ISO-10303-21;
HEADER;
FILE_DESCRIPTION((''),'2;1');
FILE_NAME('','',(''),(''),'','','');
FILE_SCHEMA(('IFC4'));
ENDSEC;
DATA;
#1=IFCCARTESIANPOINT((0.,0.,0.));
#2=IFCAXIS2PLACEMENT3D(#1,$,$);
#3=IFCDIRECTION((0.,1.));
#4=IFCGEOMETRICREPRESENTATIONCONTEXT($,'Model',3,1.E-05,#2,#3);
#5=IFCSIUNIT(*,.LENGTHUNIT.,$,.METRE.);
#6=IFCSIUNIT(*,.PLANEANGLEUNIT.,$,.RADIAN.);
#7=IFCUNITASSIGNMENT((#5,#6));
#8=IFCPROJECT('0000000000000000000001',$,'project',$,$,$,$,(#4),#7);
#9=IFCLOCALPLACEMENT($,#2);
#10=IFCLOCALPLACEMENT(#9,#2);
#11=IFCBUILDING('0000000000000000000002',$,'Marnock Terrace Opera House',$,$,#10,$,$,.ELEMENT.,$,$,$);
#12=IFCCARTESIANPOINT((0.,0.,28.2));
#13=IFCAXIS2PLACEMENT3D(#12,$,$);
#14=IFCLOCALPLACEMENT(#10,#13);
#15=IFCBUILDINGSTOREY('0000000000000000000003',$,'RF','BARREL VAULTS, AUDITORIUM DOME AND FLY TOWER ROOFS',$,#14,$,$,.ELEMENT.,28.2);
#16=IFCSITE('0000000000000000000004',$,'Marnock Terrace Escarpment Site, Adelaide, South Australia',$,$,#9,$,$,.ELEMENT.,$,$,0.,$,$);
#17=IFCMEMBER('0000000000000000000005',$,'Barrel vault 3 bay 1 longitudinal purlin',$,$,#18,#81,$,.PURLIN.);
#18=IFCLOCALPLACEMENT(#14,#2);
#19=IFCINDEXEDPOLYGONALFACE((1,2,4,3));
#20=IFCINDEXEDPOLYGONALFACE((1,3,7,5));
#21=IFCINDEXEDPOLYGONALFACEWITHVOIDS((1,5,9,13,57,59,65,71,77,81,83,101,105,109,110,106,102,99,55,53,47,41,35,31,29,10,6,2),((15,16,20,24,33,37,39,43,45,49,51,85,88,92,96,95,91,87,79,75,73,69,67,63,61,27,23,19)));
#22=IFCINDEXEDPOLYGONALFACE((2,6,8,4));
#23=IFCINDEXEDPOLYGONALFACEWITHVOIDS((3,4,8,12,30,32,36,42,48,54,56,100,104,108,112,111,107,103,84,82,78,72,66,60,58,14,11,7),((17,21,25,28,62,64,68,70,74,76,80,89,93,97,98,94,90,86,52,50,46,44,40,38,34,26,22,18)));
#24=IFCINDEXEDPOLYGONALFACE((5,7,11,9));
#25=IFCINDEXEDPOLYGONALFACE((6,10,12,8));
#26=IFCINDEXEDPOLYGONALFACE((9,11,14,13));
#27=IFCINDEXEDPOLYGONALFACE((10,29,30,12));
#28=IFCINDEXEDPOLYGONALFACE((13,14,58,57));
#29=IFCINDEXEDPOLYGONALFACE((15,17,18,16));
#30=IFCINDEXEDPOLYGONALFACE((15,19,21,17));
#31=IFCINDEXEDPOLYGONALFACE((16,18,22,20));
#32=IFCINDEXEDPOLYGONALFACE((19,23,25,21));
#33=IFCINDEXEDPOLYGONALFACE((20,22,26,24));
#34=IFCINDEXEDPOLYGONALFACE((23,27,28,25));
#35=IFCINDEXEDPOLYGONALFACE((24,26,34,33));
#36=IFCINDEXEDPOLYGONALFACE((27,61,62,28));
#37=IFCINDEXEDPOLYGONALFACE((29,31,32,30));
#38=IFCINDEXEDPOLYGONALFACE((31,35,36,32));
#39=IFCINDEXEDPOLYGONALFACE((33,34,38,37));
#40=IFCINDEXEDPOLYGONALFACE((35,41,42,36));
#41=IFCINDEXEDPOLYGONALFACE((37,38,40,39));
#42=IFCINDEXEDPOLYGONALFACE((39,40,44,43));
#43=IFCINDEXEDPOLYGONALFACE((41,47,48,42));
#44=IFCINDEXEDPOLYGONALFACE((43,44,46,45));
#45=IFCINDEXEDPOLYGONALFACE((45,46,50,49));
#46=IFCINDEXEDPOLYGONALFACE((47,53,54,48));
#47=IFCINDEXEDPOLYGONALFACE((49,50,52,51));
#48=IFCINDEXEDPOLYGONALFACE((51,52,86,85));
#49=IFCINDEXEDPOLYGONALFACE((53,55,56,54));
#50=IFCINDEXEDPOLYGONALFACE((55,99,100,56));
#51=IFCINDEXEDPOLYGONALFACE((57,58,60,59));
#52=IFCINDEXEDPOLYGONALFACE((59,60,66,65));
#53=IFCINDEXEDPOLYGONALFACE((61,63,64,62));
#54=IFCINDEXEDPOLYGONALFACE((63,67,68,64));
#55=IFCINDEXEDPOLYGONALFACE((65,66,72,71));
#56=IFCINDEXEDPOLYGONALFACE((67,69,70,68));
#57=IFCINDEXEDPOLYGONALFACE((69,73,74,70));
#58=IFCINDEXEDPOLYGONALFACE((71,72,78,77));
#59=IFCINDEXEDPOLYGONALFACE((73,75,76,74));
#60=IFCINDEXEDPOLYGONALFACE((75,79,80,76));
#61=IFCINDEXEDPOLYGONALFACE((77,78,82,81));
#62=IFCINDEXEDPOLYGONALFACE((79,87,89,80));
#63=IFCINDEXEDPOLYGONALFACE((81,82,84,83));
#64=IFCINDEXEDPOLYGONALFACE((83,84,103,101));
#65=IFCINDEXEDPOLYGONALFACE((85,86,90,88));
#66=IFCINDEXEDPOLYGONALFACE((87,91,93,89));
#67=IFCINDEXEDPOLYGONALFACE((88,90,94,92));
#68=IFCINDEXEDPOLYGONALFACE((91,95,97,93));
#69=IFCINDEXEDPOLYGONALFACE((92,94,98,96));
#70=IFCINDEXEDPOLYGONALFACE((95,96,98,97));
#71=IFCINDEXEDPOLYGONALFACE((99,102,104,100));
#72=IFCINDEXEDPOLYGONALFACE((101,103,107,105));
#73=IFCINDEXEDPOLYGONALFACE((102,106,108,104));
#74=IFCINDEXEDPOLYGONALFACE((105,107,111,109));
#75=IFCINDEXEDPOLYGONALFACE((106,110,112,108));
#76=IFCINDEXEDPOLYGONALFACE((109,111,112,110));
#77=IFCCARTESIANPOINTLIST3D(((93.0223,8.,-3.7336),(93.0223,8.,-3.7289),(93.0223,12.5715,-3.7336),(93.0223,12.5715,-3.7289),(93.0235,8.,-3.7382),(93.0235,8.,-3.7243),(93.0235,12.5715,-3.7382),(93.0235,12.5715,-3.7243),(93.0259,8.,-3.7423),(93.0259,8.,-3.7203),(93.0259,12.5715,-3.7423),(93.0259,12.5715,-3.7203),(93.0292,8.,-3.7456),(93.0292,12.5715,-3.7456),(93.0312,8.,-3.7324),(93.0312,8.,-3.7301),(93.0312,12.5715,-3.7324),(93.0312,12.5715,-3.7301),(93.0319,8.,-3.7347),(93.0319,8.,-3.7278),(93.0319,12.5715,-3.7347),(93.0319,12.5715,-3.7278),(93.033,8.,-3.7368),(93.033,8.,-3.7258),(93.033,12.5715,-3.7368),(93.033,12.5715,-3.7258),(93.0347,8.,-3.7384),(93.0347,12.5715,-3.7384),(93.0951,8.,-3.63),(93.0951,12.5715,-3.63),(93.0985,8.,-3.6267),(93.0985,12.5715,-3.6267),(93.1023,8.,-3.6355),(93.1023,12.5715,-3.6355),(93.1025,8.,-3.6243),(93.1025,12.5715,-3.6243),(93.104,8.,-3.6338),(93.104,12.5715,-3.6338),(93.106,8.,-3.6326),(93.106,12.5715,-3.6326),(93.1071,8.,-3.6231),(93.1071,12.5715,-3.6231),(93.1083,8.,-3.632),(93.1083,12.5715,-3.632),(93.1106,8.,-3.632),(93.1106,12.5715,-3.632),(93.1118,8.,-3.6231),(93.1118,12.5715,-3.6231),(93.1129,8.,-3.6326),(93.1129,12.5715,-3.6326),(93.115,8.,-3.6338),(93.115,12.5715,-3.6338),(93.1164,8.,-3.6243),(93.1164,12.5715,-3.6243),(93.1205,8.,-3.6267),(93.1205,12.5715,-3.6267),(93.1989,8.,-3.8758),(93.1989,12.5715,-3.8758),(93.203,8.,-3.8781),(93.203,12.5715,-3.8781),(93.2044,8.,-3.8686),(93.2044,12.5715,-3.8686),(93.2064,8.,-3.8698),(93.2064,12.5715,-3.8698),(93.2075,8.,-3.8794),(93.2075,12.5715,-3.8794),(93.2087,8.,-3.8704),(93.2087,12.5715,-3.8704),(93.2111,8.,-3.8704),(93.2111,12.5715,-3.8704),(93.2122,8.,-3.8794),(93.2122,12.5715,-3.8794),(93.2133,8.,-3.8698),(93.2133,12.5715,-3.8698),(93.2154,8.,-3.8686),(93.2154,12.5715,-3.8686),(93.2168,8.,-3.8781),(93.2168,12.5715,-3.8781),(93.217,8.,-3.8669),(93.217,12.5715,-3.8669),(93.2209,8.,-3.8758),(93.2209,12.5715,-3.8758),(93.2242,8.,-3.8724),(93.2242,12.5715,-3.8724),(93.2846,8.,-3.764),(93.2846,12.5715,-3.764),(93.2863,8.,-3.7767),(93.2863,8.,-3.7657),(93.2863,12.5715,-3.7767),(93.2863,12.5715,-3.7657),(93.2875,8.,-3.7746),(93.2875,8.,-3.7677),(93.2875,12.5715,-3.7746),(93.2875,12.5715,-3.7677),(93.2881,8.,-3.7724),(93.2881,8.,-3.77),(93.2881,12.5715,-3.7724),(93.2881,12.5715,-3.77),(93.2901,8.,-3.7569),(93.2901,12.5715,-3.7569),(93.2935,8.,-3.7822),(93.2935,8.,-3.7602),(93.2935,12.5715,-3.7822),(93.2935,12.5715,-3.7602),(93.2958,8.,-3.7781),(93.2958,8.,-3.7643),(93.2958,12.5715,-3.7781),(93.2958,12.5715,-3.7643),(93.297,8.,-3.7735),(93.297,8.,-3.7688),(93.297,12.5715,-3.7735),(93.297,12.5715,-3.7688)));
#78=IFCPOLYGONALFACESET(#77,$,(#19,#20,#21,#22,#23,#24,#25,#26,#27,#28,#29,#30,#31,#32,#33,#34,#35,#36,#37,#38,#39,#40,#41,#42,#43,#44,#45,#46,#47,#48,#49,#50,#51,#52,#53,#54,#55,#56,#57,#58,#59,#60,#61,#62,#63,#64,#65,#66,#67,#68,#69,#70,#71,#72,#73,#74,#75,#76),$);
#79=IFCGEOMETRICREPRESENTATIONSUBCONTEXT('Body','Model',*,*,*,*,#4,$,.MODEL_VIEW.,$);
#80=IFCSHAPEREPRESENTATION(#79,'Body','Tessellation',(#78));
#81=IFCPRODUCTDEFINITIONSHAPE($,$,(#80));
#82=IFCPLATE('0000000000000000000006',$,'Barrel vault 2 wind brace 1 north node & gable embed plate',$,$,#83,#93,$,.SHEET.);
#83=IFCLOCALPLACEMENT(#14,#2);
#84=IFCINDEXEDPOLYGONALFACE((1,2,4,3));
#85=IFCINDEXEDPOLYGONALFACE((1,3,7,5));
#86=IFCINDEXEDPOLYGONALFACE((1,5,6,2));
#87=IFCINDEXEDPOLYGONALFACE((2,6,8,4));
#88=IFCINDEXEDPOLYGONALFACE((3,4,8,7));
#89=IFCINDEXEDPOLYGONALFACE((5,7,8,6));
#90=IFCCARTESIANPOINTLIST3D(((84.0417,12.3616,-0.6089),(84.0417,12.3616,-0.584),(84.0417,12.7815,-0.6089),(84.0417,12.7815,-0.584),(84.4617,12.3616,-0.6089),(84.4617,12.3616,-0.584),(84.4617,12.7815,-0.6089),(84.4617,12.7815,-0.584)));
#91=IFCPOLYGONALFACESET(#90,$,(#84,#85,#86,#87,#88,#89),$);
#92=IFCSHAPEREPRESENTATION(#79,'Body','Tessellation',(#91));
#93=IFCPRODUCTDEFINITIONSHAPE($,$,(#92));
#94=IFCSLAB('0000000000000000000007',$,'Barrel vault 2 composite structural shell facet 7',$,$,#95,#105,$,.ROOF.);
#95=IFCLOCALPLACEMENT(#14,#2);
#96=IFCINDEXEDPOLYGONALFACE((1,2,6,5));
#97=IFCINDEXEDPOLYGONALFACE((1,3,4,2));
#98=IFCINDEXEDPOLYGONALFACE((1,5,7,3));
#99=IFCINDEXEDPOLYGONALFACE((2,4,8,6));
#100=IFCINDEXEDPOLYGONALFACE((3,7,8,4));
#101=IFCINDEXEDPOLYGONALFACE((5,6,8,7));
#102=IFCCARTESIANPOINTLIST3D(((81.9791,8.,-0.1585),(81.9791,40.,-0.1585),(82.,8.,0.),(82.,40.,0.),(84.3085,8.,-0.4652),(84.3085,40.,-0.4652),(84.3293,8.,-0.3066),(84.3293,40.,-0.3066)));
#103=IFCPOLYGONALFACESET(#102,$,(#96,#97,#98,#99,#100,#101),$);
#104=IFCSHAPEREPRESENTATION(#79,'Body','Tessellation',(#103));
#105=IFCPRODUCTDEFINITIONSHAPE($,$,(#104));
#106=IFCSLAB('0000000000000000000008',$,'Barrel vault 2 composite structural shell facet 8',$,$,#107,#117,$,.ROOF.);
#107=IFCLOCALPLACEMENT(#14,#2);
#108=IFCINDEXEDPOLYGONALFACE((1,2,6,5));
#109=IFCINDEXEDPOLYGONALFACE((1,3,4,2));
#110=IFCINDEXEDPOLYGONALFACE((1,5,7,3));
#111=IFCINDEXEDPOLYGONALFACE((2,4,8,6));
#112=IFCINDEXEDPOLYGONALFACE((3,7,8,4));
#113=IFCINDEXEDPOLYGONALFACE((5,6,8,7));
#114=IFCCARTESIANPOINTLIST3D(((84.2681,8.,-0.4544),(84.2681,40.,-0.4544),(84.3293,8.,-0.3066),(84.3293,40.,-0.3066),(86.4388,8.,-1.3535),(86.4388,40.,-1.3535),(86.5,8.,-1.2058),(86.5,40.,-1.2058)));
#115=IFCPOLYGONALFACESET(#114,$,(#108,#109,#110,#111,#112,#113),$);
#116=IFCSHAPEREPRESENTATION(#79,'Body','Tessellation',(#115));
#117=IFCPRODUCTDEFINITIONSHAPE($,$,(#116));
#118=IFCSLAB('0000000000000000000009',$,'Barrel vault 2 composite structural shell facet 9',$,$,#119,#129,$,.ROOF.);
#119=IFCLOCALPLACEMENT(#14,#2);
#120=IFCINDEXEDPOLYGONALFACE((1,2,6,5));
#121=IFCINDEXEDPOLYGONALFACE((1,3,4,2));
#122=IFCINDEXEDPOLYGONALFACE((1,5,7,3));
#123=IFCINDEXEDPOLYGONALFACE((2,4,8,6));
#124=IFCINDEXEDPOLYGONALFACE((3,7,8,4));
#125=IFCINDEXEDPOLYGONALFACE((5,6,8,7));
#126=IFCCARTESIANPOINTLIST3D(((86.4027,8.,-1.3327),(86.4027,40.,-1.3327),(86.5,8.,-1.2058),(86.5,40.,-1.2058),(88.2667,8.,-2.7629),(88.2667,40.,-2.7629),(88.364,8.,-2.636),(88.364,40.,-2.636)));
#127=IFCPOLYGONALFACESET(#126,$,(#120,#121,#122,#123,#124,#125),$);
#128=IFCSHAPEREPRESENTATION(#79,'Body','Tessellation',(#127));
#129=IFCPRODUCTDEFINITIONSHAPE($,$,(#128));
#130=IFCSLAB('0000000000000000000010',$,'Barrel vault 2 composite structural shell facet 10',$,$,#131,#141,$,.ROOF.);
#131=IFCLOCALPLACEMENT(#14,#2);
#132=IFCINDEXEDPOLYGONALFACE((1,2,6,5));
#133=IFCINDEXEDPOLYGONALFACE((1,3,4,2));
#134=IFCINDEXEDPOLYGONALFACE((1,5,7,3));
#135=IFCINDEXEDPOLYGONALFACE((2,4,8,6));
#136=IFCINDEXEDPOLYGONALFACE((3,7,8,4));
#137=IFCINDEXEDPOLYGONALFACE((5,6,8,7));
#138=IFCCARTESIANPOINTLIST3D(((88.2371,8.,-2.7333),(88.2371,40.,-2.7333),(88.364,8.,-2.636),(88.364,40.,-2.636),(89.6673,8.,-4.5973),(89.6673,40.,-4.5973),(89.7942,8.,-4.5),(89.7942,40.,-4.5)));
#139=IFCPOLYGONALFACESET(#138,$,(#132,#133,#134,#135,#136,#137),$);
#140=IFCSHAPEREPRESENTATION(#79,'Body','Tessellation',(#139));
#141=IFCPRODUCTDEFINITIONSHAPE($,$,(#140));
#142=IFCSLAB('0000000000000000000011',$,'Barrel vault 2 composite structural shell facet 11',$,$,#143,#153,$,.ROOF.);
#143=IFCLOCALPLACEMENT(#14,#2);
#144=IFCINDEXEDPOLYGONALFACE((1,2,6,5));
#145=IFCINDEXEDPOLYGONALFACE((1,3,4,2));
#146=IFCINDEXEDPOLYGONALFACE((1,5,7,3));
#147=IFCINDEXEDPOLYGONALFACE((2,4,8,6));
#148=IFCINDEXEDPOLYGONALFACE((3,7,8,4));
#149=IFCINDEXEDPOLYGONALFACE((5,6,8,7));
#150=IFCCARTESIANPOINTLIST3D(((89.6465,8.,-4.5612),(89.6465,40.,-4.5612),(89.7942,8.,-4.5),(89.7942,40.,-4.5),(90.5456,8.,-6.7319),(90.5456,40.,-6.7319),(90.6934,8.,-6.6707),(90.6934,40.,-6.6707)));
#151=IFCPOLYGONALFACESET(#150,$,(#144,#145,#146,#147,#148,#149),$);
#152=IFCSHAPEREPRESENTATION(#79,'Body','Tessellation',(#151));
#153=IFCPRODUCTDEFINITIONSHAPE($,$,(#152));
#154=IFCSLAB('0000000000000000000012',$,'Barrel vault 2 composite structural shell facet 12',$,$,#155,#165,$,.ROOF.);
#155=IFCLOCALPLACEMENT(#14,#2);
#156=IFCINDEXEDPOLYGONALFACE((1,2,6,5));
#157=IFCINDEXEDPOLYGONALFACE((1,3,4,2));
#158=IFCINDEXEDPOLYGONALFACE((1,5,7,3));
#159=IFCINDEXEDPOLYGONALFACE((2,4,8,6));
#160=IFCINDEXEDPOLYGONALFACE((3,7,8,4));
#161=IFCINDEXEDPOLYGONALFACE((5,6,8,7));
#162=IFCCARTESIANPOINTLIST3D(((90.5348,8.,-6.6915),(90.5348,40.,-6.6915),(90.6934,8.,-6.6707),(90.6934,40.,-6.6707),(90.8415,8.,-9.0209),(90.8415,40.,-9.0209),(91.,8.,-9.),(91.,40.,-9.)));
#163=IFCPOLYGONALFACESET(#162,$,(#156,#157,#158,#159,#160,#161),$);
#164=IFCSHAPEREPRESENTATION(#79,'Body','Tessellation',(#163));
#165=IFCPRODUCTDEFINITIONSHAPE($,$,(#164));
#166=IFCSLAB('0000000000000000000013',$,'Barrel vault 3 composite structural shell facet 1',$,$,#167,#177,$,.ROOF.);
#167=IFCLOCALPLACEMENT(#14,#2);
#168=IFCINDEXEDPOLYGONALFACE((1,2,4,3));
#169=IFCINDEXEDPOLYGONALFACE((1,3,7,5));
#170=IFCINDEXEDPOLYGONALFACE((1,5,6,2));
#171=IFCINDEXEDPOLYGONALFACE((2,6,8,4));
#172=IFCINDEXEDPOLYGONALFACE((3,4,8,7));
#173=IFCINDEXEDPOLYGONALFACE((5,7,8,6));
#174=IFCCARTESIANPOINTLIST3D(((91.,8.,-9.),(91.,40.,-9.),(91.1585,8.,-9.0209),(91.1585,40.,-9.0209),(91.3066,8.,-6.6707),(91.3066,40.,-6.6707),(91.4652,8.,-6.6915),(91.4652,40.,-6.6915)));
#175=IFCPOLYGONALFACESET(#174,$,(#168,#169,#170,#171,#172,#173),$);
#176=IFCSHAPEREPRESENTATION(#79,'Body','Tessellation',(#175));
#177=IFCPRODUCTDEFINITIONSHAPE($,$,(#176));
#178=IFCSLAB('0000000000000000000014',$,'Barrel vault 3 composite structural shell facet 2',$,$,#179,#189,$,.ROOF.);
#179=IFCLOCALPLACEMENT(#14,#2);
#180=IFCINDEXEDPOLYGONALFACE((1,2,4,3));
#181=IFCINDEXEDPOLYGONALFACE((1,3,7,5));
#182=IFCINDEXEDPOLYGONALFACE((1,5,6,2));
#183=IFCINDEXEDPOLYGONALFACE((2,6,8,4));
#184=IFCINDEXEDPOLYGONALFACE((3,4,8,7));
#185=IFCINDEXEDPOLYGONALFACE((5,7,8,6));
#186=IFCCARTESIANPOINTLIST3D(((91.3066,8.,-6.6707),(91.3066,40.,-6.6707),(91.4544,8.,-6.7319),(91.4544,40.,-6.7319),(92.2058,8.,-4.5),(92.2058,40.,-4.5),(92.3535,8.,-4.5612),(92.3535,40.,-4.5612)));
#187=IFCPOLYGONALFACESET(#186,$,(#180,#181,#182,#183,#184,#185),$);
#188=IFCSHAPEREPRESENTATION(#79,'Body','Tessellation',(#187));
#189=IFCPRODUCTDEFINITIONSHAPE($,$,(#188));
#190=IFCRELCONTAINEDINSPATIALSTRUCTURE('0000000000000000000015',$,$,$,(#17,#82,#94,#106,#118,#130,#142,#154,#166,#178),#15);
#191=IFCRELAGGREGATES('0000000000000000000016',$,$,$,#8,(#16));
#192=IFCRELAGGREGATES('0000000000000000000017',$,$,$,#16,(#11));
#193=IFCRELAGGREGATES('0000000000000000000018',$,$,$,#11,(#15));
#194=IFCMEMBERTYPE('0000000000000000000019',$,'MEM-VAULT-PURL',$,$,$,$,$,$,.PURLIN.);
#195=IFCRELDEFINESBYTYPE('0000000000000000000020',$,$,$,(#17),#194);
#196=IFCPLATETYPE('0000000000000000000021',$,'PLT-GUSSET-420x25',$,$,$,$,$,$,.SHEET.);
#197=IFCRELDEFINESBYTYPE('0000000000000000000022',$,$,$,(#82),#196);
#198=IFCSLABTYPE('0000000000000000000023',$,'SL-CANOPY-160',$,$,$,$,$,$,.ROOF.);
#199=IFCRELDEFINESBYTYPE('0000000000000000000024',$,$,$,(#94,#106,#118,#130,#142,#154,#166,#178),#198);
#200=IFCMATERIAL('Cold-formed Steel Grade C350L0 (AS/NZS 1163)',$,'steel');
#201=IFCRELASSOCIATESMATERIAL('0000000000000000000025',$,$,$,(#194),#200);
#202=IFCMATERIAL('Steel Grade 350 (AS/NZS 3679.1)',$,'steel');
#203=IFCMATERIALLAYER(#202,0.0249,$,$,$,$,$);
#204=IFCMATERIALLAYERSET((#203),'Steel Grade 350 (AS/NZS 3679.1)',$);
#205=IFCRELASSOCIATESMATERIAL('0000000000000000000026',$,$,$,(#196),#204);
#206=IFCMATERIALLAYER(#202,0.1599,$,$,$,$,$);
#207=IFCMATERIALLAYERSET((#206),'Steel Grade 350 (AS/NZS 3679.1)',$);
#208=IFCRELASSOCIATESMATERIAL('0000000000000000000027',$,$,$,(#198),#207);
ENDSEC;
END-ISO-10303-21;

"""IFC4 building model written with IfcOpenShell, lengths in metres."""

from ifc_helpers import new_model, si_unit, direction, frame, origin, origin_2d, place, context, subcontext, project, spatial, polyline, rectangle, hollow_rectangle, outline, extrude, material, layer, layer_set, material_profile, profile_set, type_object, element, save


model = new_model("IFC4")

# Units and contexts
model_context = context("Model", 3, precision=1e-05, world=origin(), true_north=direction((0.0, 1.0)))
body_context = subcontext(model_context, "Body", "Model", "MODEL_VIEW")
ifc_project = project(units=[si_unit("LENGTHUNIT", "METRE"), si_unit("PLANEANGLEUNIT", "RADIAN")], contexts=[model_context])

# Site, building, storey
site_placement = place(None, origin())
site = spatial("IfcSite", under=ifc_project, at=site_placement, Name="Marnock Terrace Escarpment Site, Adelaide, South Australia", CompositionType="ELEMENT", RefElevation=0.0)
building_placement = place(site_placement, origin())
building = spatial("IfcBuilding", under=site, at=building_placement, Name="Marnock Terrace Opera House", CompositionType="ELEMENT")
storey_placement = place(building_placement, frame((0.0, 0.0, 28.2)))
storey = spatial("IfcBuildingStorey", under=building, at=storey_placement, Name="RF", Description="BARREL VAULTS, AUDITORIUM DOME AND FLY TOWER ROOFS", CompositionType="ELEMENT", Elevation=28.2)

# Member
ifc_material_1 = material(Name="Cold-formed Steel Grade C350L0 (AS/NZS 1163)", Category="steel")
ifc_material_profile_1 = material_profile(ifc_material_1, hollow_rectangle(XDim=0.1499, YDim=0.25, WallThickness=0.009, InnerFilletRadius=0.009, OuterFilletRadius=0.0181, at=origin_2d()))
ifc_profile_set_1 = profile_set([ifc_material_profile_1], Name="Cold-formed Steel Grade C350L0 (AS/NZS 1163)")
member_type_1 = type_object("IfcMemberType", Name="MEM-VAULT-PURL", PredefinedType="PURLIN", material=ifc_profile_set_1)
for number, where, z_axis, x_axis, name in (
    (1, (93.1597, 8.0, -3.7512), (0.0, 1.0, 0.0), (-0.608761, 0.0, -0.793353), "Barrel vault 3 bay 1 longitudinal purlin"),
):
    element("IfcMember", number, at=place(storey_placement, frame(where, z_axis=z_axis, x_axis=x_axis)), inside=storey, type_object=member_type_1, Name=name, PredefinedType="PURLIN", context=body_context, shape_type="SweptSolid", body=[
        extrude(hollow_rectangle(XDim=0.1499, YDim=0.25, WallThickness=0.009, InnerFilletRadius=0.009, OuterFilletRadius=0.0181, at=origin_2d()), origin(), (0.0, 0.0, 1.0), 4.5715),
    ])

# Plate
ifc_material_2 = material(Name="Steel Grade 350 (AS/NZS 3679.1)", Category="steel")
ifc_layer_1 = layer(ifc_material_2, 0.0249)
ifc_layer_set_1 = layer_set([ifc_layer_1], Name="Steel Grade 350 (AS/NZS 3679.1)")
plate_type = type_object("IfcPlateType", Name="PLT-GUSSET-420x25", PredefinedType="SHEET", material=ifc_layer_set_1)
plate_placement = place(storey_placement, frame((84.2517, 12.5715, -0.6089), z_axis=(0.0, 0.0, 1.0), x_axis=(1.0, 0.0, 0.0)))
element("IfcPlate", 2, at=plate_placement, inside=storey, type_object=plate_type, Name="Barrel vault 2 wind brace 1 north node & gable embed plate", PredefinedType="SHEET", context=body_context, shape_type="SweptSolid", body=[
    extrude(rectangle(XDim=0.4199, YDim=0.4199, at=origin_2d()), origin(), (0.0, 0.0, 1.0), 0.0249),
])

# Slabs
ifc_layer_2 = layer(ifc_material_2, 0.1599)
ifc_layer_set_2 = layer_set([ifc_layer_2], Name="Steel Grade 350 (AS/NZS 3679.1)")
slab_type = type_object("IfcSlabType", Name="SL-CANOPY-160", PredefinedType="ROOF", material=ifc_layer_set_2)
slab_1_placement = place(storey_placement, frame((82.0, 8.0, 0.0), z_axis=(0.130516, 0.0, 0.991446), x_axis=(0.991446, 0.0, -0.130516)))
element("IfcSlab", 3, at=slab_1_placement, inside=storey, type_object=slab_type, Name="Barrel vault 2 composite structural shell facet 7", PredefinedType="ROOF", context=body_context, shape_type="SweptSolid", body=[
    extrude(outline(polyline([(0.0, 0.0), (2.3494, 0.0), (2.3494, 32.0), (0.0, 32.0), (0.0, 0.0)])), origin(), (0.0, 0.0, -1.0), 0.1599),
])
slab_2_placement = place(storey_placement, frame((84.3293, 8.0, -0.3066), z_axis=(0.382704, 0.0, 0.923871), x_axis=(0.923871, 0.0, -0.382704)))
element("IfcSlab", 4, at=slab_2_placement, inside=storey, type_object=slab_type, Name="Barrel vault 2 composite structural shell facet 8", PredefinedType="ROOF", context=body_context, shape_type="SweptSolid", body=[
    extrude(outline(polyline([(0.0, 0.0), (2.3495, 0.0), (2.3495, 32.0), (0.0, 32.0), (0.0, 0.0)])), origin(), (0.0, 0.0, -1.0), 0.1599),
])
for number, where, z_axis, x_axis, name in (
    (5, (86.5, 8.0, -1.2058), (0.608726, 0.0, 0.793381), (0.793381, 0.0, -0.608726), "Barrel vault 2 composite structural shell facet 9"),
    (6, (88.364, 8.0, -2.636), (0.793381, 0.0, 0.608726), (0.608726, 0.0, -0.793381), "Barrel vault 2 composite structural shell facet 10"),
):
    element("IfcSlab", number, at=place(storey_placement, frame(where, z_axis=z_axis, x_axis=x_axis)), inside=storey, type_object=slab_type, Name=name, PredefinedType="ROOF", context=body_context, shape_type="SweptSolid", body=[
        extrude(outline(polyline([(0.0, 0.0), (2.3495, 0.0), (2.3495, 32.0), (0.0, 32.0), (0.0, 0.0)])), origin(), (0.0, 0.0, -1.0), 0.1599),
    ])
slab_3_placement = place(storey_placement, frame((89.7942, 8.0, -4.5), z_axis=(0.923871, 0.0, 0.382704), x_axis=(0.382704, 0.0, -0.923871)))
element("IfcSlab", 7, at=slab_3_placement, inside=storey, type_object=slab_type, Name="Barrel vault 2 composite structural shell facet 11", PredefinedType="ROOF", context=body_context, shape_type="SweptSolid", body=[
    extrude(outline(polyline([(0.0, 0.0), (2.3495, 0.0), (2.3495, 32.0), (0.0, 32.0), (0.0, 0.0)])), origin(), (0.0, 0.0, -1.0), 0.1599),
])
for number, where, z_axis, x_axis, name in (
    (8, (90.6934, 8.0, -6.6707), (0.991446, 0.0, 0.130516), (0.130516, 0.0, -0.991446), "Barrel vault 2 composite structural shell facet 12"),
    (9, (91.0, 8.0, -9.0), (-0.991446, 0.0, 0.130516), (0.130516, 0.0, 0.991446), "Barrel vault 3 composite structural shell facet 1"),
):
    element("IfcSlab", number, at=place(storey_placement, frame(where, z_axis=z_axis, x_axis=x_axis)), inside=storey, type_object=slab_type, Name=name, PredefinedType="ROOF", context=body_context, shape_type="SweptSolid", body=[
        extrude(outline(polyline([(0.0, 0.0), (2.3494, 0.0), (2.3494, 32.0), (0.0, 32.0), (0.0, 0.0)])), origin(), (0.0, 0.0, -1.0), 0.1599),
    ])
slab_4_placement = place(storey_placement, frame((91.3066, 8.0, -6.6707), z_axis=(-0.923871, 0.0, 0.382704), x_axis=(0.382704, 0.0, 0.923871)))
element("IfcSlab", 10, at=slab_4_placement, inside=storey, type_object=slab_type, Name="Barrel vault 3 composite structural shell facet 2", PredefinedType="ROOF", context=body_context, shape_type="SweptSolid", body=[
    extrude(outline(polyline([(0.0, 0.0), (2.3495, 0.0), (2.3495, 32.0), (0.0, 32.0), (0.0, 0.0)])), origin(), (0.0, 0.0, -1.0), 0.1599),
])

save(model, "model.ifc")
